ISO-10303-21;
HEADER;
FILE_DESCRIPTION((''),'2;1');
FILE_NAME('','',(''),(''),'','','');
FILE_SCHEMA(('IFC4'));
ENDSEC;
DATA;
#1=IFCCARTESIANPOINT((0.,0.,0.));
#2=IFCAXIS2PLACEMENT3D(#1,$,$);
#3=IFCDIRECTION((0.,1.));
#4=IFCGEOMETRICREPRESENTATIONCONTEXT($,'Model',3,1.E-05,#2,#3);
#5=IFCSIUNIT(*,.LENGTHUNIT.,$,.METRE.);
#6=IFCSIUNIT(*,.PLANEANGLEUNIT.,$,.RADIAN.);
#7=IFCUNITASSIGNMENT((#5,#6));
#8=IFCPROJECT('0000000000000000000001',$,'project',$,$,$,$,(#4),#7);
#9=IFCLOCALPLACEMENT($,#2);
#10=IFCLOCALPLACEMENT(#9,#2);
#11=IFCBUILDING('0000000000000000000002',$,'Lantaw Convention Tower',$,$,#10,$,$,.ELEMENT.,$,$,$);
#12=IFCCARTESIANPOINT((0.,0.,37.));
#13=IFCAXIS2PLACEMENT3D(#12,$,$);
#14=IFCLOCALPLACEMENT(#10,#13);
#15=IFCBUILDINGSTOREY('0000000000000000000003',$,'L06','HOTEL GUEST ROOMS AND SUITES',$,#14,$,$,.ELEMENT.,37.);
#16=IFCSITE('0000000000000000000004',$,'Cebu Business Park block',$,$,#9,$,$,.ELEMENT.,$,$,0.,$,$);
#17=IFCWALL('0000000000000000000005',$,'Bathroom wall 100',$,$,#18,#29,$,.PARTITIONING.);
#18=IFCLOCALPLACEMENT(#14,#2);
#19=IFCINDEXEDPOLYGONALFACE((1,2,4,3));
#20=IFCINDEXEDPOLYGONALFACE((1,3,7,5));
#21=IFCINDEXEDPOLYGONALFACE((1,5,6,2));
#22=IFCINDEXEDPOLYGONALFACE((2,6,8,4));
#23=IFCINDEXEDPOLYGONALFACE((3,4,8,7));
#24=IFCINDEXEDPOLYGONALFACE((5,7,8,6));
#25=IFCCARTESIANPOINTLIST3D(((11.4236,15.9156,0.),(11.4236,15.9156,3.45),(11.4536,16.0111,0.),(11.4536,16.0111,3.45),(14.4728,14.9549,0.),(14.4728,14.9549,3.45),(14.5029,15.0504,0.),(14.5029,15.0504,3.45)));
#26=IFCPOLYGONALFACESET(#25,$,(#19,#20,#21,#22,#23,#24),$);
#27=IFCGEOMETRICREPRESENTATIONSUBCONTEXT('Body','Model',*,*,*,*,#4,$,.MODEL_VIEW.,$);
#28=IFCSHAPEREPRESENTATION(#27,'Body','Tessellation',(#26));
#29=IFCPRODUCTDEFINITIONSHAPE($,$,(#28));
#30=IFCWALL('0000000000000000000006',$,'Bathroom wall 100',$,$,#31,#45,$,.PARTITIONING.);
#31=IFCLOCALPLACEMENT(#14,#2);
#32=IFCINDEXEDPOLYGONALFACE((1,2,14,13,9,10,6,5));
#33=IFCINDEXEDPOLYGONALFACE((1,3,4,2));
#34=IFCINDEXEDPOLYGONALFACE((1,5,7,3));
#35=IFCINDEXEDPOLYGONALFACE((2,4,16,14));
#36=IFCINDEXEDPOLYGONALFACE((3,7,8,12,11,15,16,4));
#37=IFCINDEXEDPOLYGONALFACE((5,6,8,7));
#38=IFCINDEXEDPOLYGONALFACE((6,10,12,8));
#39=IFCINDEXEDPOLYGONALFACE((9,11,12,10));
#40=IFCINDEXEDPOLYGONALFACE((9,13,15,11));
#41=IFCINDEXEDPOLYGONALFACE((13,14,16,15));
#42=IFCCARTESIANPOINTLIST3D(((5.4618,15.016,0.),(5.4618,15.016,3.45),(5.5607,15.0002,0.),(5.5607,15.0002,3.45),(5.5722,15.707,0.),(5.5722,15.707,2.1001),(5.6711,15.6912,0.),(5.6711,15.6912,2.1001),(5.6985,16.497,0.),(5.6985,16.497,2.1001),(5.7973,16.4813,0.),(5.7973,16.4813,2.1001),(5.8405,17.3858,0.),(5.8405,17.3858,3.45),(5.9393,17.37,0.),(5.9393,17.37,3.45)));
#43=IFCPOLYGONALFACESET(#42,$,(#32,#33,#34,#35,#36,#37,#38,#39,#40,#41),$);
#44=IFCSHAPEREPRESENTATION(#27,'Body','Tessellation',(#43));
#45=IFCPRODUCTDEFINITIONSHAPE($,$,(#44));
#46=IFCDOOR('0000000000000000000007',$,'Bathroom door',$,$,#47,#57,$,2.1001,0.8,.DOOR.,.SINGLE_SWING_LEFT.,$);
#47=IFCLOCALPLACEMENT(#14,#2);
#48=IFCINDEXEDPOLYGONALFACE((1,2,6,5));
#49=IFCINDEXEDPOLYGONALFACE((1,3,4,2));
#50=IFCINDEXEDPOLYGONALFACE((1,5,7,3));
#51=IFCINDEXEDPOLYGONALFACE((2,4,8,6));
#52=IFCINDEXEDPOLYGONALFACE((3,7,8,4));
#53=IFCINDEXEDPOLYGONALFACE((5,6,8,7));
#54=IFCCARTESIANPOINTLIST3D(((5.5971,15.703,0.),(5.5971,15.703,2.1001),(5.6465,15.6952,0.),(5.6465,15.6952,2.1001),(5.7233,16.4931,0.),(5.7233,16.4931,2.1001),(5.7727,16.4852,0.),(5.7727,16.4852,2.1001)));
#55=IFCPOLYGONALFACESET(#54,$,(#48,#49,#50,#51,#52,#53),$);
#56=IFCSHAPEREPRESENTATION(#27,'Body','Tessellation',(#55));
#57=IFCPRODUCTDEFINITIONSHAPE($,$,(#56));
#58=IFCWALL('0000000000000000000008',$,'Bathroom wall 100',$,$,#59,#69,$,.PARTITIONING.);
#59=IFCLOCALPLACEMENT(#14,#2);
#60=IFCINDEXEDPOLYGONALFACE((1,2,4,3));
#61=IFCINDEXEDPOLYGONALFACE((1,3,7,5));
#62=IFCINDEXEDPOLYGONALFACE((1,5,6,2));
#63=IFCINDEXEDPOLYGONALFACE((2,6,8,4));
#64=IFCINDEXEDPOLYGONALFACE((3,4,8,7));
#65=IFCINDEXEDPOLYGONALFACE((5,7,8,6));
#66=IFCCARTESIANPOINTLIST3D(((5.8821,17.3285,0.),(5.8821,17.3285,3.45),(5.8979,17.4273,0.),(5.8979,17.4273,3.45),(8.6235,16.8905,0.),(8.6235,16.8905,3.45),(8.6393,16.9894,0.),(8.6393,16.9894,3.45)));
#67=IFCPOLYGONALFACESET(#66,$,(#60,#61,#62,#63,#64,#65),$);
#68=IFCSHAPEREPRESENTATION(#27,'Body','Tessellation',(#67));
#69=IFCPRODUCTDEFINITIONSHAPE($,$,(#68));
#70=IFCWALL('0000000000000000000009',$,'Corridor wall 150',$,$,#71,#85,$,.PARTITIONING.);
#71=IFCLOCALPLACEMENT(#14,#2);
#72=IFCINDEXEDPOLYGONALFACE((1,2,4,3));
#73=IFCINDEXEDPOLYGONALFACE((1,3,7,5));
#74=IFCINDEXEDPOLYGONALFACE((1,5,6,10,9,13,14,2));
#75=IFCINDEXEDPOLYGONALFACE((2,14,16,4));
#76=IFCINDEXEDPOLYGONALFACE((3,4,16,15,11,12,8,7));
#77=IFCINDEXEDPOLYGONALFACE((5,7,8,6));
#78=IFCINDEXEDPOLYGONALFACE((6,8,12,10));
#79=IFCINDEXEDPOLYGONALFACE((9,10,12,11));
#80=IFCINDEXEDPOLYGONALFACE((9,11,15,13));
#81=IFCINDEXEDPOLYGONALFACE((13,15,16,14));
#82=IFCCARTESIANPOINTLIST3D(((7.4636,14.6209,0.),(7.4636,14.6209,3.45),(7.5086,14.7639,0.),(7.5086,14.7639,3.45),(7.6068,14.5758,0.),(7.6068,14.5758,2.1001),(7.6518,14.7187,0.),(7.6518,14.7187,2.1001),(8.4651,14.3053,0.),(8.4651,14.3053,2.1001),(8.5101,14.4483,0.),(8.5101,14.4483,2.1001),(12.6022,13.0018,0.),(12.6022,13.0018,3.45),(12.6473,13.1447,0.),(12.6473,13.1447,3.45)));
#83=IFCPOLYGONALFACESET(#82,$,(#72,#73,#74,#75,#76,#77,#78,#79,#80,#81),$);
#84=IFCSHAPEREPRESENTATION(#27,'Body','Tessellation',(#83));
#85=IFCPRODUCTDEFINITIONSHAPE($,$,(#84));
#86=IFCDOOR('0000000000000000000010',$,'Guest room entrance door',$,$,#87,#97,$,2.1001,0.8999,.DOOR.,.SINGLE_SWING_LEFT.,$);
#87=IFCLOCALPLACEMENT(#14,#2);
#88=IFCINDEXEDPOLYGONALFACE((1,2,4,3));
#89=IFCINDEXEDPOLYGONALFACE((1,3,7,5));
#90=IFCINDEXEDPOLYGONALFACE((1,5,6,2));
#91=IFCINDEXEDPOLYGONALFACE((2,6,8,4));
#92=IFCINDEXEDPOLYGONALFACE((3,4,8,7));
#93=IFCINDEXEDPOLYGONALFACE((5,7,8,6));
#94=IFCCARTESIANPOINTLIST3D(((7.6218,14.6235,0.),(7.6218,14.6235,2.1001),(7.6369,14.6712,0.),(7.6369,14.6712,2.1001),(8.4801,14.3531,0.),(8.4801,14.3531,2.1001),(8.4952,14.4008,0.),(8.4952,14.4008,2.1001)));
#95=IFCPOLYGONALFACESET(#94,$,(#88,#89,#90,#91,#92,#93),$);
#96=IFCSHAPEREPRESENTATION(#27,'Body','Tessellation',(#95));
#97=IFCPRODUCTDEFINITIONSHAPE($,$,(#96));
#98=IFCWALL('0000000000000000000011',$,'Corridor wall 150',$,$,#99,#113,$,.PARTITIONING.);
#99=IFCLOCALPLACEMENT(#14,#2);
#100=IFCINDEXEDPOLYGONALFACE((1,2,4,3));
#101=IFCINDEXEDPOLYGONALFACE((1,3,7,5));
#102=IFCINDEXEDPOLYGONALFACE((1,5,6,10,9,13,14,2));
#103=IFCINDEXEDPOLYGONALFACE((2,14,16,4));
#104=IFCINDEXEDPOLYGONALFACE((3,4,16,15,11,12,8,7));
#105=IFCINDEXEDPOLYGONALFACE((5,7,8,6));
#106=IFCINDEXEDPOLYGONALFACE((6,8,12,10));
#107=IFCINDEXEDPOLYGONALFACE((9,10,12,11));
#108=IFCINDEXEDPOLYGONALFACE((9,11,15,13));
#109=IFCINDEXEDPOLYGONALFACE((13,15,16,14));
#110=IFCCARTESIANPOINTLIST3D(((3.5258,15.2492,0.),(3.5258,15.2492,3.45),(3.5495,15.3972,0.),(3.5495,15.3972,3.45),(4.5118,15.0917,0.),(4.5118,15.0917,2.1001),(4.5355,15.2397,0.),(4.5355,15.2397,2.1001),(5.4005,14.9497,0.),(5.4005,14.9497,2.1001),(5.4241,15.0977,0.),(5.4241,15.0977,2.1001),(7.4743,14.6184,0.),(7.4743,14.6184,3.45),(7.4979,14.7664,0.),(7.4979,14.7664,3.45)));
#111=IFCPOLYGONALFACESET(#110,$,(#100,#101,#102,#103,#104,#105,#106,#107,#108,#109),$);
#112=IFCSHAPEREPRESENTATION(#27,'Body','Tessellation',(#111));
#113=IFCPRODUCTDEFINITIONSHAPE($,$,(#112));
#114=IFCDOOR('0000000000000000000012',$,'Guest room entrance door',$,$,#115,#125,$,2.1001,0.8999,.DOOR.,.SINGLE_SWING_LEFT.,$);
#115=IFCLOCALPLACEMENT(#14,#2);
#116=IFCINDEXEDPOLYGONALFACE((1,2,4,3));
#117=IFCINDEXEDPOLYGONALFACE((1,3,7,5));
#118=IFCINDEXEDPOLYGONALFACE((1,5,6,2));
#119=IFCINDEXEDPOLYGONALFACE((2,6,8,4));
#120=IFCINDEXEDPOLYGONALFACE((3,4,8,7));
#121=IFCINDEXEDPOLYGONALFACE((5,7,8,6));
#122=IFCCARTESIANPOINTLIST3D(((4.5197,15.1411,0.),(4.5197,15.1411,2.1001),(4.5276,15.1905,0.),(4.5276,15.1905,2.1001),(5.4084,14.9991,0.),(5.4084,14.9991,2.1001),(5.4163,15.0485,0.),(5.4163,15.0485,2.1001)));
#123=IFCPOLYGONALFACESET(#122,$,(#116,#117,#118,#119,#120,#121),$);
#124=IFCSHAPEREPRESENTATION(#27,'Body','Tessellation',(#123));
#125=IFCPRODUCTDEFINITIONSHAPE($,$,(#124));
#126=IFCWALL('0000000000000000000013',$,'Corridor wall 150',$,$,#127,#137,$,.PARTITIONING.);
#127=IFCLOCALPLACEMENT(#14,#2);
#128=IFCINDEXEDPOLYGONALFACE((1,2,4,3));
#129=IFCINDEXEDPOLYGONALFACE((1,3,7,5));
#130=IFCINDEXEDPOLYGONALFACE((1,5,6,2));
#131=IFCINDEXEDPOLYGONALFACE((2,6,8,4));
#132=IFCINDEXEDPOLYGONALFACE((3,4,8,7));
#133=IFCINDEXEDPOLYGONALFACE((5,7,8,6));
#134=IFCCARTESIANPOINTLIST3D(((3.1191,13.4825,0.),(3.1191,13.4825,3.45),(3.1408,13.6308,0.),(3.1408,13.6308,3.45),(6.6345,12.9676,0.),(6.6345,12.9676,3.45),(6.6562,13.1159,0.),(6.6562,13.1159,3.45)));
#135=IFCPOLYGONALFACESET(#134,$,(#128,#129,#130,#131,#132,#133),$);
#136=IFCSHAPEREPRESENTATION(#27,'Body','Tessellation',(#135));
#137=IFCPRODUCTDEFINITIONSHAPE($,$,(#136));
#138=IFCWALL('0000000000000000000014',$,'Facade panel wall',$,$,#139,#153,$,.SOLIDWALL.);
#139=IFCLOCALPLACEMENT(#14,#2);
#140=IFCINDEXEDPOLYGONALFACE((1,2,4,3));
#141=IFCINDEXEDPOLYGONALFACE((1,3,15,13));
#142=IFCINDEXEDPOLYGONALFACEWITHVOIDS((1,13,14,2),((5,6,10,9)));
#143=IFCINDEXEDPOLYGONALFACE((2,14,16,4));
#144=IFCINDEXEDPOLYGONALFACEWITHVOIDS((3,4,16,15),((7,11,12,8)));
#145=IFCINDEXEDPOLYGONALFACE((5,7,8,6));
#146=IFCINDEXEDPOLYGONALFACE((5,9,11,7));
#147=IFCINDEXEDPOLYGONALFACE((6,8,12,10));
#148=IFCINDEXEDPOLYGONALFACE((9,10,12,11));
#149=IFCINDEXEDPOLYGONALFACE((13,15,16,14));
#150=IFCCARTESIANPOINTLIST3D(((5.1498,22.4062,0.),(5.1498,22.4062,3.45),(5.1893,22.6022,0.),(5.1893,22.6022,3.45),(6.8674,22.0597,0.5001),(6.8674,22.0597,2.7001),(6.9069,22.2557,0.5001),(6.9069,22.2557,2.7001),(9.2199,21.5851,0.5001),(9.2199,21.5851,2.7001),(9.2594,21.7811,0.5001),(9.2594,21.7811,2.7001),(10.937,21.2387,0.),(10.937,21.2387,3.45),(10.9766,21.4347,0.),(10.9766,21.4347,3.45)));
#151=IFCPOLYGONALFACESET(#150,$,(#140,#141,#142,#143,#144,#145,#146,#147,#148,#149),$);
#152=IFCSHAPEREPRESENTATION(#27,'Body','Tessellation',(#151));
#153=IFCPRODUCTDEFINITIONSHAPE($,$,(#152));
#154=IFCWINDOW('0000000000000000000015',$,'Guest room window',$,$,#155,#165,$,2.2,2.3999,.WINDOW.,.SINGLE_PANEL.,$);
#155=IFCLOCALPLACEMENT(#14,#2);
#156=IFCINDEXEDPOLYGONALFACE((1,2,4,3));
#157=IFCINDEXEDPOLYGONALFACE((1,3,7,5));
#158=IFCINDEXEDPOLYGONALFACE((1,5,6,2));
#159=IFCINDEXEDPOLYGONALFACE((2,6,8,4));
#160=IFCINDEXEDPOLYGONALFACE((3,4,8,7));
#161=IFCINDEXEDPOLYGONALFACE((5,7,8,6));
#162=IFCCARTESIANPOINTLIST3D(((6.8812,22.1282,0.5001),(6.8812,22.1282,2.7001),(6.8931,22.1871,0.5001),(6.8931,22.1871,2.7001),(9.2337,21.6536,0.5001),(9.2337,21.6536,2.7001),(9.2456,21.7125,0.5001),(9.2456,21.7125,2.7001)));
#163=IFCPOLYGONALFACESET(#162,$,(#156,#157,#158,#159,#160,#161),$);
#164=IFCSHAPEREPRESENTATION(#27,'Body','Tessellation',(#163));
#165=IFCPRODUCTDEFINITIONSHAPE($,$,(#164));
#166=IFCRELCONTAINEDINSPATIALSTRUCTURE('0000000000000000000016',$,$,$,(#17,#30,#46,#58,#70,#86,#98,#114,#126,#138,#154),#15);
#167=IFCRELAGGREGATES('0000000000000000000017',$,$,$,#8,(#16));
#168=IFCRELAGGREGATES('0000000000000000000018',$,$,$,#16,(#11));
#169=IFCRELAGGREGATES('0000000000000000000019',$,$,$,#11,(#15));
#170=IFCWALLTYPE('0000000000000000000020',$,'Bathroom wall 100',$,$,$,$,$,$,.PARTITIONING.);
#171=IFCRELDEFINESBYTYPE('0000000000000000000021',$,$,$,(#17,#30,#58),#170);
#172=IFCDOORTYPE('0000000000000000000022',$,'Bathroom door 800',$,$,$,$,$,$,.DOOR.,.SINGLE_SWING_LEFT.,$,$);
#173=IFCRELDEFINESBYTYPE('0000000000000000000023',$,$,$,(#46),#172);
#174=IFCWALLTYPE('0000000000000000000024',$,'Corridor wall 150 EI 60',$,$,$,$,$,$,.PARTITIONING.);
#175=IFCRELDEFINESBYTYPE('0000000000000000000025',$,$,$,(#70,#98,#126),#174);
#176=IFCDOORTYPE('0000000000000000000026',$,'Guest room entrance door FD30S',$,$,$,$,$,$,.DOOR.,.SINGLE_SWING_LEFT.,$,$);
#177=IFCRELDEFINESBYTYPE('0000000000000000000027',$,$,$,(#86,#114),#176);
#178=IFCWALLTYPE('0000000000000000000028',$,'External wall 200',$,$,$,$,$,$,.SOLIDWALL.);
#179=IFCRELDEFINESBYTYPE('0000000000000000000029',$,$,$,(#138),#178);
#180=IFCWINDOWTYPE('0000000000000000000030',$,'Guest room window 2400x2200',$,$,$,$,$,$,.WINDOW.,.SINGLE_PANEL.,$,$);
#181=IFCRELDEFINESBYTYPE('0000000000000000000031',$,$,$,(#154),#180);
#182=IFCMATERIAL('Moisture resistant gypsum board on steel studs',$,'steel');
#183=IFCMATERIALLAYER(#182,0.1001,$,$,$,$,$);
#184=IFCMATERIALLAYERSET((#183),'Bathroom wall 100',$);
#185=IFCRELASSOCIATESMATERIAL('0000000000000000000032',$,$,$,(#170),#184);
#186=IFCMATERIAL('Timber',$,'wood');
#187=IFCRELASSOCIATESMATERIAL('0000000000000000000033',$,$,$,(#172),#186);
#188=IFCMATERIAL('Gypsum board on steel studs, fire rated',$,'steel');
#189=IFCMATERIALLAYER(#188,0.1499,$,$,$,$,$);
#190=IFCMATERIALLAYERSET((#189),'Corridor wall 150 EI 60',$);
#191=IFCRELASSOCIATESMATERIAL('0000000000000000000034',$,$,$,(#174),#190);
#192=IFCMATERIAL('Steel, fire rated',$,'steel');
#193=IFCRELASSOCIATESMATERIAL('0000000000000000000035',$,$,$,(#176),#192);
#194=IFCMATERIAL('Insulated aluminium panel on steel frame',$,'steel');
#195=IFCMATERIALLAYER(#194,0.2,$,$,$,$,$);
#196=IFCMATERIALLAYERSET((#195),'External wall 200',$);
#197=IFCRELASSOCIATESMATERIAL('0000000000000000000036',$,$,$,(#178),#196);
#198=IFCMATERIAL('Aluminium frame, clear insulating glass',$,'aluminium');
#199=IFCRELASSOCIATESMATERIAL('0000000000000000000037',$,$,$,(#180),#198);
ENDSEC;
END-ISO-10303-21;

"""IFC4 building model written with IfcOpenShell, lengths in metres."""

from ifc_helpers import new_model, si_unit, direction, frame, frame_2d, origin, place, context, subcontext, project, spatial, rectangle, extrude, material, layer, layer_set, type_object, element, fill, save


model = new_model("IFC4")

# Units and contexts
model_context = context("Model", 3, precision=1e-05, world=origin(), true_north=direction((0.0, 1.0)))
body_context = subcontext(model_context, "Body", "Model", "MODEL_VIEW")
ifc_project = project(units=[si_unit("LENGTHUNIT", "METRE"), si_unit("PLANEANGLEUNIT", "RADIAN")], contexts=[model_context])

# Site, building, storey
site_placement = place(None, origin())
site = spatial("IfcSite", under=ifc_project, at=site_placement, Name="Cebu Business Park block", CompositionType="ELEMENT", RefElevation=0.0)
building_placement = place(site_placement, origin())
building = spatial("IfcBuilding", under=site, at=building_placement, Name="Lantaw Convention Tower", CompositionType="ELEMENT")
storey_placement = place(building_placement, frame((0.0, 0.0, 37.0)))
storey = spatial("IfcBuildingStorey", under=building, at=storey_placement, Name="L06", Description="HOTEL GUEST ROOMS AND SUITES", CompositionType="ELEMENT", Elevation=37.0)

# Shared definitions
ifc_material_1 = material(Name="Moisture resistant gypsum board on steel studs", Category="steel")
ifc_layer_1 = layer(ifc_material_1, 0.1001)
ifc_layer_set_1 = layer_set([ifc_layer_1], Name="Bathroom wall 100")
wall_type_1 = type_object("IfcWallType", Name="Bathroom wall 100", PredefinedType="PARTITIONING", material=ifc_layer_set_1)
ifc_material_2 = material(Name="Timber", Category="wood")
door_type_1 = type_object("IfcDoorType", Name="Bathroom door 800", OperationType="SINGLE_SWING_LEFT", PredefinedType="DOOR", material=ifc_material_2)

# Wall
wall_1_placement = place(storey_placement, frame((11.4385, 15.9634, 0.0), z_axis=(0.0, 0.0, 1.0), x_axis=(0.953784, -0.300492, 0.0)))
element("IfcWall", 1, at=wall_1_placement, inside=storey, type_object=wall_type_1, Name="Bathroom wall 100", PredefinedType="PARTITIONING", context=body_context, shape_type="SweptSolid", body=[
    extrude(rectangle(XDim=3.197, YDim=0.1001, at=frame_2d((1.5986, 0.0))), origin(), (0.0, 0.0, 1.0), 3.45),
])

# Wall, opening, door
wall_2_placement = place(storey_placement, frame((5.5112, 15.0081, 0.0), z_axis=(0.0, 0.0, 1.0), x_axis=(0.15778, 0.987474, 0.0)))
wall_2 = element("IfcWall", 2, at=wall_2_placement, inside=storey, type_object=wall_type_1, Name="Bathroom wall 100", PredefinedType="PARTITIONING", context=body_context, shape_type="SweptSolid", body=[
    extrude(rectangle(XDim=2.3999, YDim=0.1001, at=frame_2d((1.2, 0.0))), origin(), (0.0, 0.0, 1.0), 3.45),
])
opening_1_placement = place(wall_2_placement, frame((0.7, 0.0, 0.0)))
opening_1 = element("IfcOpeningElement", 3, at=opening_1_placement, cuts=wall_2, PredefinedType="OPENING", context=body_context, shape_type="SweptSolid", body=[
    extrude(rectangle(XDim=0.8, YDim=2.1001, at=frame_2d((0.3999, 1.05))), frame((0.0, 0.0601, 0.0), z_axis=(0.0, -1.0, 0.0), x_axis=(1.0, 0.0, 0.0)), (0.0, 0.0, 1.0), 0.1201),
])
door_1_placement = place(opening_1_placement, origin())
door_1 = element("IfcDoor", 4, at=door_1_placement, inside=storey, type_object=door_type_1, Name="Bathroom door", OperationType="SINGLE_SWING_LEFT", OverallHeight=2.1001, OverallWidth=0.8, PredefinedType="DOOR", context=body_context, shape_type="SweptSolid", body=[
    extrude(rectangle(XDim=0.8, YDim=2.1001, at=frame_2d((0.3999, 1.05))), frame((0.0, 0.0249, 0.0), z_axis=(0.0, -1.0, 0.0), x_axis=(1.0, 0.0, 0.0)), (0.0, 0.0, 1.0), 0.05),
])
fill(opening_1, door_1)

# Wall
wall_3_placement = place(storey_placement, frame((5.8899, 17.3779, 0.0), z_axis=(0.0, 0.0, 1.0), x_axis=(0.987477, -0.157764, 0.0)))
element("IfcWall", 5, at=wall_3_placement, inside=storey, type_object=wall_type_1, Name="Bathroom wall 100", PredefinedType="PARTITIONING", context=body_context, shape_type="SweptSolid", body=[
    extrude(rectangle(XDim=2.7761, YDim=0.1001, at=frame_2d((1.3882, 0.0))), origin(), (0.0, 0.0, 1.0), 3.45),
])

# Walls, openings, doors
ifc_material_3 = material(Name="Gypsum board on steel studs, fire rated", Category="steel")
ifc_layer_2 = layer(ifc_material_3, 0.1499)
ifc_layer_set_2 = layer_set([ifc_layer_2], Name="Corridor wall 150 EI 60")
wall_type_2 = type_object("IfcWallType", Name="Corridor wall 150 EI 60", PredefinedType="PARTITIONING", material=ifc_layer_set_2)
wall_4_placement = place(storey_placement, frame((12.6248, 13.0732, 0.0), z_axis=(0.0, 0.0, 1.0), x_axis=(-0.953774, 0.300524, 0.0)))
wall_4 = element("IfcWall", 6, at=wall_4_placement, inside=storey, type_object=wall_type_2, Name="Corridor wall 150", PredefinedType="PARTITIONING", context=body_context, shape_type="SweptSolid", body=[
    extrude(rectangle(XDim=5.3877, YDim=0.1499, at=frame_2d((2.6938, 0.0))), origin(), (0.0, 0.0, 1.0), 3.45),
])
opening_2_placement = place(wall_4_placement, frame((4.3376, 0.0, 0.0)))
opening_2 = element("IfcOpeningElement", 7, at=opening_2_placement, cuts=wall_4, PredefinedType="OPENING", context=body_context, shape_type="SweptSolid", body=[
    extrude(rectangle(XDim=0.8999, YDim=2.1001, at=frame_2d((0.45, 1.05))), frame((0.0, 0.085, 0.0), z_axis=(0.0, -1.0, 0.0), x_axis=(1.0, 0.0, 0.0)), (0.0, 0.0, 1.0), 0.1699),
])
ifc_material_4 = material(Name="Steel, fire rated", Category="steel")
door_type_2 = type_object("IfcDoorType", Name="Guest room entrance door FD30S", OperationType="SINGLE_SWING_LEFT", PredefinedType="DOOR", material=ifc_material_4)
door_2_placement = place(opening_2_placement, origin())
door_2 = element("IfcDoor", 8, at=door_2_placement, inside=storey, type_object=door_type_2, Name="Guest room entrance door", OperationType="SINGLE_SWING_LEFT", OverallHeight=2.1001, OverallWidth=0.8999, PredefinedType="DOOR", context=body_context, shape_type="SweptSolid", body=[
    extrude(rectangle(XDim=0.8999, YDim=2.1001, at=frame_2d((0.45, 1.05))), frame((0.0, 0.0249, 0.0), z_axis=(0.0, -1.0, 0.0), x_axis=(1.0, 0.0, 0.0)), (0.0, 0.0, 1.0), 0.05),
])
fill(opening_2, door_2)
wall_5_placement = place(storey_placement, frame((7.4861, 14.6924, 0.0), z_axis=(0.0, 0.0, 1.0), x_axis=(-0.987476, 0.157771, 0.0)))
wall_5 = element("IfcWall", 9, at=wall_5_placement, inside=storey, type_object=wall_type_2, Name="Corridor wall 150", PredefinedType="PARTITIONING", context=body_context, shape_type="SweptSolid", body=[
    extrude(rectangle(XDim=3.9985, YDim=0.1499, at=frame_2d((1.9993, 0.0))), origin(), (0.0, 0.0, 1.0), 3.45),
])
opening_3_placement = place(wall_5_placement, frame((2.1001, 0.0, 0.0)))
opening_3 = element("IfcOpeningElement", 10, at=opening_3_placement, cuts=wall_5, PredefinedType="OPENING", context=body_context, shape_type="SweptSolid", body=[
    extrude(rectangle(XDim=0.8999, YDim=2.1001, at=frame_2d((0.45, 1.05))), frame((0.0, 0.085, 0.0), z_axis=(0.0, -1.0, 0.0), x_axis=(1.0, 0.0, 0.0)), (0.0, 0.0, 1.0), 0.1699),
])
door_3_placement = place(opening_3_placement, origin())
door_3 = element("IfcDoor", 11, at=door_3_placement, inside=storey, type_object=door_type_2, Name="Guest room entrance door", OperationType="SINGLE_SWING_LEFT", OverallHeight=2.1001, OverallWidth=0.8999, PredefinedType="DOOR", context=body_context, shape_type="SweptSolid", body=[
    extrude(rectangle(XDim=0.8999, YDim=2.1001, at=frame_2d((0.45, 1.05))), frame((0.0, 0.0249, 0.0), z_axis=(0.0, -1.0, 0.0), x_axis=(1.0, 0.0, 0.0)), (0.0, 0.0, 1.0), 0.05),
])
fill(opening_3, door_3)

# Wall
wall_6_placement = place(storey_placement, frame((6.6453, 13.0417, 0.0), z_axis=(0.0, 0.0, 1.0), x_axis=(-0.989443, 0.144922, 0.0)))
element("IfcWall", 12, at=wall_6_placement, inside=storey, type_object=wall_type_2, Name="Corridor wall 150", PredefinedType="PARTITIONING", context=body_context, shape_type="SweptSolid", body=[
    extrude(rectangle(XDim=3.553, YDim=0.1499, at=frame_2d((1.7764, 0.0))), origin(), (0.0, 0.0, 1.0), 3.45),
])

# Wall, opening, window
ifc_material_5 = material(Name="Insulated aluminium panel on steel frame", Category="steel")
ifc_layer_3 = layer(ifc_material_5, 0.2)
ifc_layer_set_3 = layer_set([ifc_layer_3], Name="External wall 200")
wall_type_3 = type_object("IfcWallType", Name="External wall 200", PredefinedType="SOLIDWALL", material=ifc_layer_set_3)
wall_7_placement = place(storey_placement, frame((10.9568, 21.3367, 0.0), z_axis=(0.0, 0.0, 1.0), x_axis=(-0.980252, 0.197754, 0.0)))
wall_7 = element("IfcWall", 13, at=wall_7_placement, inside=storey, type_object=wall_type_3, Name="Facade panel wall", PredefinedType="SOLIDWALL", context=body_context, shape_type="SweptSolid", body=[
    extrude(rectangle(XDim=5.9038, YDim=0.2, at=frame_2d((2.9519, 0.0))), origin(), (0.0, 0.0, 1.0), 3.45),
])
opening_4_placement = place(wall_7_placement, frame((1.7517, 0.0, 0.5)))
opening_4 = element("IfcOpeningElement", 14, at=opening_4_placement, cuts=wall_7, PredefinedType="OPENING", context=body_context, shape_type="SweptSolid", body=[
    extrude(rectangle(XDim=2.3999, YDim=2.2, at=frame_2d((1.2, 1.1001))), frame((0.0, 0.1099, 0.0), z_axis=(0.0, -1.0, 0.0), x_axis=(1.0, 0.0, 0.0)), (0.0, 0.0, 1.0), 0.22),
])
ifc_material_6 = material(Name="Aluminium frame, clear insulating glass", Category="aluminium")
window_type = type_object("IfcWindowType", Name="Guest room window 2400x2200", PartitioningType="SINGLE_PANEL", PredefinedType="WINDOW", material=ifc_material_6)
window_1_placement = place(opening_4_placement, origin())
window_1 = element("IfcWindow", 15, at=window_1_placement, inside=storey, type_object=window_type, Name="Guest room window", OverallHeight=2.2, OverallWidth=2.3999, PartitioningType="SINGLE_PANEL", PredefinedType="WINDOW", context=body_context, shape_type="SweptSolid", body=[
    extrude(rectangle(XDim=2.3999, YDim=2.2, at=frame_2d((1.2, 1.1001))), frame((0.0, 0.03, 0.0), z_axis=(0.0, -1.0, 0.0), x_axis=(1.0, 0.0, 0.0)), (0.0, 0.0, 1.0), 0.0601),
])
fill(opening_4, window_1)

save(model, "model.ifc")
